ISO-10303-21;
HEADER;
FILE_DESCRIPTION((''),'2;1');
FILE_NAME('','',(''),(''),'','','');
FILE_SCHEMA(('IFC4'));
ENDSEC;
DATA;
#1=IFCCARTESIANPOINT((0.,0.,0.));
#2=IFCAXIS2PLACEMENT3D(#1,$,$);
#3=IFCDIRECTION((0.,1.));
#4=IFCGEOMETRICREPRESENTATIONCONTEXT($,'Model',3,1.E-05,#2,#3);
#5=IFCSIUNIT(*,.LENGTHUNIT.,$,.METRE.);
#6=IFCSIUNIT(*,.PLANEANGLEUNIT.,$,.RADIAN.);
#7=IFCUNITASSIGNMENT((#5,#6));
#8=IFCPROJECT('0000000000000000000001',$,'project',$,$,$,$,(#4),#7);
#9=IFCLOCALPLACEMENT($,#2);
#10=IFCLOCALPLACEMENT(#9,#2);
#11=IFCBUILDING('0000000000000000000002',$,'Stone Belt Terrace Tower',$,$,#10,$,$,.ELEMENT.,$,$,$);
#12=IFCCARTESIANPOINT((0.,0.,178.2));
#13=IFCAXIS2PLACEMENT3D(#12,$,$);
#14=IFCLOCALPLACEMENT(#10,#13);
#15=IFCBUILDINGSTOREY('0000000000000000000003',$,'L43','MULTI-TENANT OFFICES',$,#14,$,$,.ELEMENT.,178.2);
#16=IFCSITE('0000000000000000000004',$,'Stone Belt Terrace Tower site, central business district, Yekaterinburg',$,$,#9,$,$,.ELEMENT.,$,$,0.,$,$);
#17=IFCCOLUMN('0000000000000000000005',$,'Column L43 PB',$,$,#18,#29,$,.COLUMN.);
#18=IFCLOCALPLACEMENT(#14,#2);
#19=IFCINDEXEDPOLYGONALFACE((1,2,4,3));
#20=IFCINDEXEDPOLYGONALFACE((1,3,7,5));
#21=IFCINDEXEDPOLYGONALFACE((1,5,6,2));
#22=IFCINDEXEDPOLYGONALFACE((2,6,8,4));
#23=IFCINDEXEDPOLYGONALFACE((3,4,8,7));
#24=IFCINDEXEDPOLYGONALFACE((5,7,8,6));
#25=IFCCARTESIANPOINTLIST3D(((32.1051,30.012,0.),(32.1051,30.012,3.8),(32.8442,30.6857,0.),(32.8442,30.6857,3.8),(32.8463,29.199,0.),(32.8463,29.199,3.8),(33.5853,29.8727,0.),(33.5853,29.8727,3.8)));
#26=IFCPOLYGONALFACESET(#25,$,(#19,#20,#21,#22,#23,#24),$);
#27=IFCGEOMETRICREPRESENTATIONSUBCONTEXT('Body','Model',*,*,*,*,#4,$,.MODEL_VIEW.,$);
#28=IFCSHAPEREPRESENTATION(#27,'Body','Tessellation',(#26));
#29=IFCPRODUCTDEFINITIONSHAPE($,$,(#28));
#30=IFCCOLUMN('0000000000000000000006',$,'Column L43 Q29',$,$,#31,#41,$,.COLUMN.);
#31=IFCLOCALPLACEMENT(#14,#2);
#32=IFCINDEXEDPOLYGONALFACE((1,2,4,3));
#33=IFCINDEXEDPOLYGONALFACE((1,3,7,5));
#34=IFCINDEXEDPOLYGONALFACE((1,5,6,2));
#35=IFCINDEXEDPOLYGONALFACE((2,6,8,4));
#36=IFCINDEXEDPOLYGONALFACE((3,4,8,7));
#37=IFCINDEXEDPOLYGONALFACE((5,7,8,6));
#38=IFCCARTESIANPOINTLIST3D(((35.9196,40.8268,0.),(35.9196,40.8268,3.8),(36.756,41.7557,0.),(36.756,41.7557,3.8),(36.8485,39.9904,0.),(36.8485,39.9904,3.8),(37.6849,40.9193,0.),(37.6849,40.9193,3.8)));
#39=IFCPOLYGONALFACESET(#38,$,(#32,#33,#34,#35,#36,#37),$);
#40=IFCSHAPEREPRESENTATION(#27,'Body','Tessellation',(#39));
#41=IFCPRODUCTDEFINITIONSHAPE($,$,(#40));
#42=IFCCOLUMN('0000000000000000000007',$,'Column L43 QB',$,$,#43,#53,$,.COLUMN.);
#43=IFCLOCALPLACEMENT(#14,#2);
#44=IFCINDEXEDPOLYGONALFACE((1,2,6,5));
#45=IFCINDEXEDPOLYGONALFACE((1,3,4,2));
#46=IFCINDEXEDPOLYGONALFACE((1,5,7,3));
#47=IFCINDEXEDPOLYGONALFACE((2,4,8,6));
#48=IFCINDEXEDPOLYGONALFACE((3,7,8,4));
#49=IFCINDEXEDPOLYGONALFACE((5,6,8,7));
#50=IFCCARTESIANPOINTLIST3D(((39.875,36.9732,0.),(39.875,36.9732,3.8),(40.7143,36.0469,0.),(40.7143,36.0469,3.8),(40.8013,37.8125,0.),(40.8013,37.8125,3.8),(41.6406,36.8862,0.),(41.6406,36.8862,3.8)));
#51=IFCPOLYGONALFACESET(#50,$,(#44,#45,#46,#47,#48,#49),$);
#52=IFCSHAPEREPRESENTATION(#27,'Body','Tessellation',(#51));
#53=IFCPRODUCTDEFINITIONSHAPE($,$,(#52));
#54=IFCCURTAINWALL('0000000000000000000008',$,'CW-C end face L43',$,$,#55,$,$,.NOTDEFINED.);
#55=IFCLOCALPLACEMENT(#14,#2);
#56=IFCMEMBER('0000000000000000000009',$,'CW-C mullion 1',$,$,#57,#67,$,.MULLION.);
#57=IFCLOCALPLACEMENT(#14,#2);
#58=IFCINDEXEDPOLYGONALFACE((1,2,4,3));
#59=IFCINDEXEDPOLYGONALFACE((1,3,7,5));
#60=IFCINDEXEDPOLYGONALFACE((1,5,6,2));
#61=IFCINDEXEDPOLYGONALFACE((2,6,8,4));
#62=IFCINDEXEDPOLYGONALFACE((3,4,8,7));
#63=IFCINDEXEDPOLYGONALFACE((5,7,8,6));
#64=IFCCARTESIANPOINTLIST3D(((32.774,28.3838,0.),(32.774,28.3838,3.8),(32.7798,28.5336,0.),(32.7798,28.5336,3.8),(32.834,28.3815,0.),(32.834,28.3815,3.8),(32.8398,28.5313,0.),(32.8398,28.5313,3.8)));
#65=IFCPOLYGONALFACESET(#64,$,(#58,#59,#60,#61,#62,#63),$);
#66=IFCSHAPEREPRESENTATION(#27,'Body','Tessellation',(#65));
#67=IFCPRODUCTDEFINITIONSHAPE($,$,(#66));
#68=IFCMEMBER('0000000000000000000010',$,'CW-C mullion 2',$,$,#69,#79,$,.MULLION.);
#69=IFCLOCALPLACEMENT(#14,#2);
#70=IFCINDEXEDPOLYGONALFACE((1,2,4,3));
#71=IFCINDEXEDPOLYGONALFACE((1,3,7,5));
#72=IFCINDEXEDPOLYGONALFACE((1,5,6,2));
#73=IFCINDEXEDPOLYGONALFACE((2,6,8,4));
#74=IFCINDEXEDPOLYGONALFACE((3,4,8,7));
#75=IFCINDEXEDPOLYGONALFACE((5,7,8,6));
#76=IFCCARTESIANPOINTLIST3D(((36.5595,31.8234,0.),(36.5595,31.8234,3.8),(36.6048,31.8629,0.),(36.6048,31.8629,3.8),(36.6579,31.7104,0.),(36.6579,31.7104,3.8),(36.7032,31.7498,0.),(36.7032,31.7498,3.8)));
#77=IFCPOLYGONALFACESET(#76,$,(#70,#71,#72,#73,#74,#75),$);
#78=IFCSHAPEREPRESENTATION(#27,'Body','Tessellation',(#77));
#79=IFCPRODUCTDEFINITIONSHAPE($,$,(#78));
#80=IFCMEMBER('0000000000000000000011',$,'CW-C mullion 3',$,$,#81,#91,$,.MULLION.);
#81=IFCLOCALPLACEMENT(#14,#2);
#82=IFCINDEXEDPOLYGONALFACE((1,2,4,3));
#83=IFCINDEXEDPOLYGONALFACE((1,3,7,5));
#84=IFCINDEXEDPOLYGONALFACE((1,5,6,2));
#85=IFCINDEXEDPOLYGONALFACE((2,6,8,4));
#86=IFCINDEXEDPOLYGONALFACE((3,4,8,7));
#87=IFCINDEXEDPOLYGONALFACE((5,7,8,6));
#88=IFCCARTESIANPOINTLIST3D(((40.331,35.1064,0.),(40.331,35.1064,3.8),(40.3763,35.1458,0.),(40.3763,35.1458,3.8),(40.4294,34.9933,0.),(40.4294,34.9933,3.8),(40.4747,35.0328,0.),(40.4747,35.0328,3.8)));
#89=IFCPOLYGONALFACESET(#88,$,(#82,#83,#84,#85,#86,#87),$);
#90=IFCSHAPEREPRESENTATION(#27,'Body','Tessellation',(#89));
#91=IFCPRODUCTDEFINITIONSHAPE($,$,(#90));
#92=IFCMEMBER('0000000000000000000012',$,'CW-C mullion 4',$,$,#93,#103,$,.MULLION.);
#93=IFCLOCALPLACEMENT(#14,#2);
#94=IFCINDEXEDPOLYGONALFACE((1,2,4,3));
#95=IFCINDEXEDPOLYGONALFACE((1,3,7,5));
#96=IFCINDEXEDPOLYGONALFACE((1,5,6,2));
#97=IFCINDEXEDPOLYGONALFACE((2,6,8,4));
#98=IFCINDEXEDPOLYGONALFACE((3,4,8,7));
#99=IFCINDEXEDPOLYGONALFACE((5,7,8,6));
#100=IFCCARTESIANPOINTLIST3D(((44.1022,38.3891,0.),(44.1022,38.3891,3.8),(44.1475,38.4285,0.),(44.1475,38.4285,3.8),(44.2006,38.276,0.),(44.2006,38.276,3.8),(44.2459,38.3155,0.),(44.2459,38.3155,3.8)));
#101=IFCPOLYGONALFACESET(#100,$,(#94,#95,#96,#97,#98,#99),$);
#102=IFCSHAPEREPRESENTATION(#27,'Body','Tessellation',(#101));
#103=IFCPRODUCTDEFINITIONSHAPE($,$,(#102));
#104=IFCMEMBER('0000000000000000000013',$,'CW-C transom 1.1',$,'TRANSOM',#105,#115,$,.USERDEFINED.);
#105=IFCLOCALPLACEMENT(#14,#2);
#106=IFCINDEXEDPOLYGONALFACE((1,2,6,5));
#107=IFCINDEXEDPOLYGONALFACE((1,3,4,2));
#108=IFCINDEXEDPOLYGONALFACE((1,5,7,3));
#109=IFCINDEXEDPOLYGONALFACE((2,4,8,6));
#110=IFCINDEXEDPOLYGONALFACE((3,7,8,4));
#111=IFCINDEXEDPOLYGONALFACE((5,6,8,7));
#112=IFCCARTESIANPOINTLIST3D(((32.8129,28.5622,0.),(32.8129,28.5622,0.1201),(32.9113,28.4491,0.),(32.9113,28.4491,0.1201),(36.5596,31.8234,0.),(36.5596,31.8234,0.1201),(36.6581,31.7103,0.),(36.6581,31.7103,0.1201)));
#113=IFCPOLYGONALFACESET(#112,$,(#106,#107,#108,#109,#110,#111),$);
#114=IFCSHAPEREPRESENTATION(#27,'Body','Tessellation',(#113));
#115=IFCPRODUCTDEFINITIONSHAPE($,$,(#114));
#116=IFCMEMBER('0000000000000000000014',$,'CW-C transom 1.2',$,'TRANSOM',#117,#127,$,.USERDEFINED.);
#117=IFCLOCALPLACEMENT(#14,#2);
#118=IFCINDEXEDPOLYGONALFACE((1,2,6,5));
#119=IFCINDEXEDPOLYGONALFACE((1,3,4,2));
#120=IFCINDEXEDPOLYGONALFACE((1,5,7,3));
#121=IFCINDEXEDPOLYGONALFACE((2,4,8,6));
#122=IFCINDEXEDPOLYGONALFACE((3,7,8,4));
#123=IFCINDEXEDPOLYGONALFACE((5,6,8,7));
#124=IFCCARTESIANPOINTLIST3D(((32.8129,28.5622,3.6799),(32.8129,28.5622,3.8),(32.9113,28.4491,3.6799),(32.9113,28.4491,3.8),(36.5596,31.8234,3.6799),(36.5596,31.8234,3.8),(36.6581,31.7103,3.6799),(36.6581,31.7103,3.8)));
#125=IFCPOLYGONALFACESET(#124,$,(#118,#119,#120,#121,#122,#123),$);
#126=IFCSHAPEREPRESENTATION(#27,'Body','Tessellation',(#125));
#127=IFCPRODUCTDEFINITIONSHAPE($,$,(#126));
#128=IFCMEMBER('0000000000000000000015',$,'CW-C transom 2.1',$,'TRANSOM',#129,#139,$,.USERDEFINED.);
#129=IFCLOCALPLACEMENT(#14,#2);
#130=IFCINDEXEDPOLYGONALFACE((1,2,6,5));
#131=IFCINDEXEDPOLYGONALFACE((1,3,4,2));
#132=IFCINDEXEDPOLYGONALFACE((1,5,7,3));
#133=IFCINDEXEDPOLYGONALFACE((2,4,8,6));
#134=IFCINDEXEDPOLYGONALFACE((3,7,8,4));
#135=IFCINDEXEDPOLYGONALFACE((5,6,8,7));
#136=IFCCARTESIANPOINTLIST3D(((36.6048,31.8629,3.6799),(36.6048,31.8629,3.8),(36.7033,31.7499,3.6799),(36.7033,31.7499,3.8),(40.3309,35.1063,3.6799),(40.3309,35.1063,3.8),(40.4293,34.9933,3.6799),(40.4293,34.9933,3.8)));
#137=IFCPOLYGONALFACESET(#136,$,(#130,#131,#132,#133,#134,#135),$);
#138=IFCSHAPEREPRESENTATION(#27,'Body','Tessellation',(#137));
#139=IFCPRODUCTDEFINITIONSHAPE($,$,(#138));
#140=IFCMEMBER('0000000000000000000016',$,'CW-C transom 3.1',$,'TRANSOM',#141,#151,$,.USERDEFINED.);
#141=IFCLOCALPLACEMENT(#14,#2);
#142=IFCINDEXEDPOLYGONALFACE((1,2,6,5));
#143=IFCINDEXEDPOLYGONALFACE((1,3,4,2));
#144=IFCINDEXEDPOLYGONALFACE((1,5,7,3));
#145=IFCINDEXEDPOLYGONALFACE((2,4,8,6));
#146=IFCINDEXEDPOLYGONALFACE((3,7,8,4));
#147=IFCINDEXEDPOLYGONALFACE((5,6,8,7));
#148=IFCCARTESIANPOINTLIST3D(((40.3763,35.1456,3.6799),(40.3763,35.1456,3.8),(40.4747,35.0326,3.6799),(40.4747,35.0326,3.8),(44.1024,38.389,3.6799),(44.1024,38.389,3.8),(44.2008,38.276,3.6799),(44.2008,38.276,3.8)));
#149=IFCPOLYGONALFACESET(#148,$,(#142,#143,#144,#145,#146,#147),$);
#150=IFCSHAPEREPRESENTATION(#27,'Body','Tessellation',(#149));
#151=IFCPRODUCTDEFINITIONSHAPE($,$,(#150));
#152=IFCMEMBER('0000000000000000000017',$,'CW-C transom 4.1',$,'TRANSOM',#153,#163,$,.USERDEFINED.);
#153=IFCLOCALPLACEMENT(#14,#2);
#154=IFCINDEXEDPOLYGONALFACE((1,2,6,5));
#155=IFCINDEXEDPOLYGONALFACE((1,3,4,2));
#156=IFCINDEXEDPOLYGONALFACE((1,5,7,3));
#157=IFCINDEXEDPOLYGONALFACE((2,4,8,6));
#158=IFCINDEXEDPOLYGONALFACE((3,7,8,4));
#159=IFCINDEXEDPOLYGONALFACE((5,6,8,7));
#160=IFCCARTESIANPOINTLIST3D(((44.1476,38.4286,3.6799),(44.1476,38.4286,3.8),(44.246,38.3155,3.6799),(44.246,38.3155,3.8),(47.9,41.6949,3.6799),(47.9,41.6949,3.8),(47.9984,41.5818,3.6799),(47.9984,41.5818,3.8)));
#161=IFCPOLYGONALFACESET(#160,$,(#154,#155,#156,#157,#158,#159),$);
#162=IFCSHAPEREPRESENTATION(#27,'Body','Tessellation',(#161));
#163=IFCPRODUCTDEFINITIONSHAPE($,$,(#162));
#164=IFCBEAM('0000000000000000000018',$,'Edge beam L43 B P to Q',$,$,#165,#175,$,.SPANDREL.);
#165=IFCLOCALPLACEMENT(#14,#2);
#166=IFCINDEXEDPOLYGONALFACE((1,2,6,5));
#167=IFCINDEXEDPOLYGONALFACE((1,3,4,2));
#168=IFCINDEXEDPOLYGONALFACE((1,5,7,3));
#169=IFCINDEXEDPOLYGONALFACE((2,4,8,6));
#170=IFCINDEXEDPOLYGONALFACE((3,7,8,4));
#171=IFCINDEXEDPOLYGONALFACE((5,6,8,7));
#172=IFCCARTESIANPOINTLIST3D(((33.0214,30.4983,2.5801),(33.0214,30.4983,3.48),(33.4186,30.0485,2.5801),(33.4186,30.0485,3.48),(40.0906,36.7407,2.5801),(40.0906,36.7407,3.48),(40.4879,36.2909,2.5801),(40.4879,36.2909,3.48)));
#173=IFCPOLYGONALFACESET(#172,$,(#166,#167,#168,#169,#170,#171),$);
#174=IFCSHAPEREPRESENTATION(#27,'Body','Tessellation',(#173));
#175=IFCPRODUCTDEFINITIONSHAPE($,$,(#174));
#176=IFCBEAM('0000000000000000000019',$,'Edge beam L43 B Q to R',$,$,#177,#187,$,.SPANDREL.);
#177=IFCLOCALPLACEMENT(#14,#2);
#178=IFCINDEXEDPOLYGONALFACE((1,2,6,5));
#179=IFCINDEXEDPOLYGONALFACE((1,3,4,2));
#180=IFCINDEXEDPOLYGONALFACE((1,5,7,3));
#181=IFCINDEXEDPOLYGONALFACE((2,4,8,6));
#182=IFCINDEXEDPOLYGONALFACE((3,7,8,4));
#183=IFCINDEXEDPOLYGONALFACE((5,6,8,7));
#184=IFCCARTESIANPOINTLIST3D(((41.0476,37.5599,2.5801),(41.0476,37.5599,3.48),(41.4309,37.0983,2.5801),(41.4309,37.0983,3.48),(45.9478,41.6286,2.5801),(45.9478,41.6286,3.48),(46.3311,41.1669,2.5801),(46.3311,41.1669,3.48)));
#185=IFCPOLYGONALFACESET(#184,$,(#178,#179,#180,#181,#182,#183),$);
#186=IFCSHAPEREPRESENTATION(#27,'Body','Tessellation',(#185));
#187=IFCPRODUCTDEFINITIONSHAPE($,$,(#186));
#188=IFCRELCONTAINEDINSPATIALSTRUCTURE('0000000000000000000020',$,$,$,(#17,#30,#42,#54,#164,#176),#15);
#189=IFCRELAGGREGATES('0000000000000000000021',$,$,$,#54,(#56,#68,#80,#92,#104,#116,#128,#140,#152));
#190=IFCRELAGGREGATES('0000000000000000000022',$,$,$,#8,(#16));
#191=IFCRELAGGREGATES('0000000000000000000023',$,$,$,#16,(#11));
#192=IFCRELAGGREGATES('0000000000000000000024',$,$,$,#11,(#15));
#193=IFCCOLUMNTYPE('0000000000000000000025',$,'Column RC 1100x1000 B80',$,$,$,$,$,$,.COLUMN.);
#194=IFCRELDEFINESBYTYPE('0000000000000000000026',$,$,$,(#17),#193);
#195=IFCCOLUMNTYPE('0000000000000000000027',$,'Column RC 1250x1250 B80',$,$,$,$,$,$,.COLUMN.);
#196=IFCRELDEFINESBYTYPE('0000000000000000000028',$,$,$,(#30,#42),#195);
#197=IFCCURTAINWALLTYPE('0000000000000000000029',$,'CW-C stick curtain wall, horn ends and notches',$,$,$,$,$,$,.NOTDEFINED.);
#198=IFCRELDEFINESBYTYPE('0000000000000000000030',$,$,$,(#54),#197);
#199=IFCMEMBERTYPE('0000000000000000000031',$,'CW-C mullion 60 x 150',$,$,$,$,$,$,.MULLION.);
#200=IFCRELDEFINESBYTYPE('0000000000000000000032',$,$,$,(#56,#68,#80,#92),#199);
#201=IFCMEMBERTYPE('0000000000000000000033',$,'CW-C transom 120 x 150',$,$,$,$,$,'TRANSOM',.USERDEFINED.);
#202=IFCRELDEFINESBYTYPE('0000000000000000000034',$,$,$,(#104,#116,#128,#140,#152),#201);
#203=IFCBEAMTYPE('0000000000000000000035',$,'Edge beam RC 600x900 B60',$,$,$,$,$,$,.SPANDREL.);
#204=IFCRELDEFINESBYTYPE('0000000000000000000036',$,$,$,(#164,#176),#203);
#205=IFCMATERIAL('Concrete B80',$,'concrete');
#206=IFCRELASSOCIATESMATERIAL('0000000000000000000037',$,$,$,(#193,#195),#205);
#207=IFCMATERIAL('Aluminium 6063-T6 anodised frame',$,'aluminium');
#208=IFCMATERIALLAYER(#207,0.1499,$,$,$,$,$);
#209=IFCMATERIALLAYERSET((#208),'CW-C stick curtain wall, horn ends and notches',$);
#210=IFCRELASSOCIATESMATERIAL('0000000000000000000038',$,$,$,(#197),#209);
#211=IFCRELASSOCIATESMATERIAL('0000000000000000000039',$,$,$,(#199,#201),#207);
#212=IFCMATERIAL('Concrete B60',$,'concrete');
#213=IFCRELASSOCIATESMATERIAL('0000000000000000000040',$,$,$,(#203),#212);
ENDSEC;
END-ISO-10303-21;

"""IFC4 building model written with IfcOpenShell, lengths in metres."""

from ifc_helpers import new_model, si_unit, direction, frame, origin, origin_2d, place, context, subcontext, project, spatial, rectangle, extrude, material, layer, layer_set, material_profile, profile_set, type_object, element, aggregate, save


model = new_model("IFC4")

# Units and contexts
model_context = context("Model", 3, precision=1e-05, world=origin(), true_north=direction((0.0, 1.0)))
body_context = subcontext(model_context, "Body", "Model", "MODEL_VIEW")
ifc_project = project(units=[si_unit("LENGTHUNIT", "METRE"), si_unit("PLANEANGLEUNIT", "RADIAN")], contexts=[model_context])

# Site, building, storey
site_placement = place(None, origin())
site = spatial("IfcSite", under=ifc_project, at=site_placement, Name="Stone Belt Terrace Tower site, central business district, Yekaterinburg", CompositionType="ELEMENT", RefElevation=0.0)
building_placement = place(site_placement, origin())
building = spatial("IfcBuilding", under=site, at=building_placement, Name="Stone Belt Terrace Tower", CompositionType="ELEMENT")
storey_placement = place(building_placement, frame((0.0, 0.0, 178.2)))
storey = spatial("IfcBuildingStorey", under=building, at=storey_placement, Name="L43", Description="MULTI-TENANT OFFICES", CompositionType="ELEMENT", Elevation=178.2)

# Columns
ifc_material_1 = material(Name="Concrete B80", Category="concrete")
ifc_material_profile_1 = material_profile(ifc_material_1, rectangle(XDim=1.1001, YDim=1.0, at=origin_2d()), Name="RC 1100x1000")
ifc_profile_set_1 = profile_set([ifc_material_profile_1], Name="Concrete B80")
column_type_1 = type_object("IfcColumnType", Name="Column RC 1100x1000 B80", PredefinedType="COLUMN", material=ifc_profile_set_1)
column_placement = place(storey_placement, frame((32.8452, 29.9424, 0.0), z_axis=(0.0, 0.0, 1.0), x_axis=(0.673698, -0.739007, 0.0)))
element("IfcColumn", 1, at=column_placement, inside=storey, type_object=column_type_1, Name="Column L43 PB", PredefinedType="COLUMN", context=body_context, shape_type="SweptSolid", body=[
    extrude(rectangle(XDim=1.1001, YDim=1.0, at=origin_2d()), origin(), (0.0, 0.0, 1.0), 3.8),
])
ifc_material_profile_2 = material_profile(ifc_material_1, rectangle(XDim=1.25, YDim=1.25, at=origin_2d()), Name="RC 1250x1250")
ifc_profile_set_2 = profile_set([ifc_material_profile_2], Name="Concrete B80")
column_type_2 = type_object("IfcColumnType", Name="Column RC 1250x1250 B80", PredefinedType="COLUMN", material=ifc_profile_set_2)
for number, where, z_axis, x_axis, name in (
    (2, (36.8022, 40.873, 0.0), (0.0, 0.0, 1.0), (0.743145, -0.669131, 0.0), "Column L43 Q29"),
    (3, (40.7578, 36.9297, 0.0), (0.0, 0.0, 1.0), (0.671448, -0.741052, 0.0), "Column L43 QB"),
):
    element("IfcColumn", number, at=place(storey_placement, frame(where, z_axis=z_axis, x_axis=x_axis)), inside=storey, type_object=column_type_2, Name=name, PredefinedType="COLUMN", context=body_context, shape_type="SweptSolid", body=[
        extrude(rectangle(XDim=1.25, YDim=1.25, at=origin_2d()), origin(), (0.0, 0.0, 1.0), 3.8),
    ])

# Curtain wall, members
ifc_material_2 = material(Name="Aluminium 6063-T6 anodised frame", Category="aluminium")
ifc_layer_1 = layer(ifc_material_2, 0.1499)
ifc_layer_set_1 = layer_set([ifc_layer_1], Name="CW-C stick curtain wall, horn ends and notches")
curtain_wall_type_1 = type_object("IfcCurtainWallType", Name="CW-C stick curtain wall, horn ends and notches", PredefinedType="NOTDEFINED", material=ifc_layer_set_1)
curtain_wall_1_placement = place(storey_placement, origin())
curtain_wall_1 = element("IfcCurtainWall", 4, at=curtain_wall_1_placement, inside=storey, type_object=curtain_wall_type_1, Name="CW-C end face L43", PredefinedType="NOTDEFINED")
ifc_material_profile_3 = material_profile(ifc_material_2, rectangle(XDim=0.1499, YDim=0.0601, at=origin_2d()), Name="Aluminium 6063-T6 60x150")
ifc_profile_set_3 = profile_set([ifc_material_profile_3], Name="Aluminium 6063-T6 anodised frame")
member_type_1 = type_object("IfcMemberType", Name="CW-C mullion 60 x 150", PredefinedType="MULLION", material=ifc_profile_set_3)
member_1_placement = place(storey_placement, frame((32.8069, 28.4575, 0.0), z_axis=(0.0, 0.0, 1.0), x_axis=(0.038761, 0.999249, 0.0)))
member_1 = element("IfcMember", 5, at=member_1_placement, type_object=member_type_1, Name="CW-C mullion 1", PredefinedType="MULLION", context=body_context, shape_type="SweptSolid", body=[
    extrude(rectangle(XDim=0.1499, YDim=0.0601, at=origin_2d()), origin(), (0.0, 0.0, 1.0), 3.8),
])
member_2_placement = place(storey_placement, frame((36.6313, 31.7866, 0.0), z_axis=(0.0, 0.0, 1.0), x_axis=(-0.656561, 0.754273, 0.0)))
member_2 = element("IfcMember", 6, at=member_2_placement, type_object=member_type_1, Name="CW-C mullion 2", PredefinedType="MULLION", context=body_context, shape_type="SweptSolid", body=[
    extrude(rectangle(XDim=0.1499, YDim=0.0601, at=origin_2d()), origin(), (0.0, 0.0, 1.0), 3.8),
])
member_3_placement = place(storey_placement, frame((40.4028, 35.0696, 0.0), z_axis=(0.0, 0.0, 1.0), x_axis=(-0.656561, 0.754273, 0.0)))
member_3 = element("IfcMember", 7, at=member_3_placement, type_object=member_type_1, Name="CW-C mullion 3", PredefinedType="MULLION", context=body_context, shape_type="SweptSolid", body=[
    extrude(rectangle(XDim=0.1499, YDim=0.0601, at=origin_2d()), origin(), (0.0, 0.0, 1.0), 3.8),
])
member_4_placement = place(storey_placement, frame((44.1741, 38.3523, 0.0), z_axis=(0.0, 0.0, 1.0), x_axis=(-0.656561, 0.754273, 0.0)))
member_4 = element("IfcMember", 8, at=member_4_placement, type_object=member_type_1, Name="CW-C mullion 4", PredefinedType="MULLION", context=body_context, shape_type="SweptSolid", body=[
    extrude(rectangle(XDim=0.1499, YDim=0.0601, at=origin_2d()), origin(), (0.0, 0.0, 1.0), 3.8),
])
ifc_material_profile_4 = material_profile(ifc_material_2, rectangle(XDim=0.1499, YDim=0.1201, at=origin_2d()), Name="Aluminium 6063-T6 150x120")
ifc_profile_set_4 = profile_set([ifc_material_profile_4], Name="Aluminium 6063-T6 anodised frame")
member_type_2 = type_object("IfcMemberType", Name="CW-C transom 120 x 150", ElementType="TRANSOM", PredefinedType="USERDEFINED", material=ifc_profile_set_4)
member_5_placement = place(storey_placement, frame((32.8621, 28.5056, 0.0601), z_axis=(0.754294, 0.656536, 0.0), x_axis=(-0.656536, 0.754294, 0.0)))
member_5 = element("IfcMember", 9, at=member_5_placement, type_object=member_type_2, Name="CW-C transom 1.1", ObjectType="TRANSOM", PredefinedType="USERDEFINED", context=body_context, shape_type="SweptSolid", body=[
    extrude(rectangle(XDim=0.1499, YDim=0.1201, at=origin_2d()), origin(), (0.0, 0.0, 1.0), 4.9673),
])
member_6_placement = place(storey_placement, frame((32.8621, 28.5056, 3.74), z_axis=(0.754294, 0.656536, 0.0), x_axis=(-0.656536, 0.754294, 0.0)))
member_6 = element("IfcMember", 10, at=member_6_placement, type_object=member_type_2, Name="CW-C transom 1.2", ObjectType="TRANSOM", PredefinedType="USERDEFINED", context=body_context, shape_type="SweptSolid", body=[
    extrude(rectangle(XDim=0.1499, YDim=0.1201, at=origin_2d()), origin(), (0.0, 0.0, 1.0), 4.9673),
])
member_7_placement = place(storey_placement, frame((36.6541, 31.8064, 3.74), z_axis=(0.75427, 0.656564, 0.0), x_axis=(-0.656564, 0.75427, 0.0)))
member_7 = element("IfcMember", 11, at=member_7_placement, type_object=member_type_2, Name="CW-C transom 2.1", ObjectType="TRANSOM", PredefinedType="USERDEFINED", context=body_context, shape_type="SweptSolid", body=[
    extrude(rectangle(XDim=0.1499, YDim=0.1201, at=origin_2d()), origin(), (0.0, 0.0, 1.0), 4.9399),
])
member_8_placement = place(storey_placement, frame((40.4255, 35.0891, 3.74), z_axis=(0.75427, 0.656564, 0.0), x_axis=(-0.656564, 0.75427, 0.0)))
member_8 = element("IfcMember", 12, at=member_8_placement, type_object=member_type_2, Name="CW-C transom 3.1", ObjectType="TRANSOM", PredefinedType="USERDEFINED", context=body_context, shape_type="SweptSolid", body=[
    extrude(rectangle(XDim=0.1499, YDim=0.1201, at=origin_2d()), origin(), (0.0, 0.0, 1.0), 4.9399),
])
member_9_placement = place(storey_placement, frame((44.1968, 38.3721, 3.74), z_axis=(0.754271, 0.656564, 0.0), x_axis=(-0.656564, 0.754271, 0.0)))
member_9 = element("IfcMember", 13, at=member_9_placement, type_object=member_type_2, Name="CW-C transom 4.1", ObjectType="TRANSOM", PredefinedType="USERDEFINED", context=body_context, shape_type="SweptSolid", body=[
    extrude(rectangle(XDim=0.1499, YDim=0.1201, at=origin_2d()), origin(), (0.0, 0.0, 1.0), 4.9749),
])

# Beams
ifc_material_3 = material(Name="Concrete B60", Category="concrete")
ifc_material_profile_5 = material_profile(ifc_material_3, rectangle(XDim=0.6001, YDim=0.8999, at=origin_2d()), Name="RC 600x900")
ifc_profile_set_5 = profile_set([ifc_material_profile_5], Name="Concrete B60")
beam_type_1 = type_object("IfcBeamType", Name="Edge beam RC 600x900 B60", PredefinedType="SPANDREL", material=ifc_profile_set_5)
beam_1_placement = place(storey_placement, frame((33.22, 30.2734, 3.03), z_axis=(0.749586, 0.661907, 0.0), x_axis=(-0.661907, 0.749586, 0.0)))
element("IfcBeam", 14, at=beam_1_placement, inside=storey, type_object=beam_type_1, Name="Edge beam L43 B P to Q", PredefinedType="SPANDREL", context=body_context, shape_type="SweptSolid", body=[
    extrude(rectangle(XDim=0.6001, YDim=0.8999, at=origin_2d()), origin(), (0.0, 0.0, 1.0), 9.4309),
])
beam_2_placement = place(storey_placement, frame((41.2393, 37.3291, 3.03), z_axis=(0.769367, 0.638807, 0.0), x_axis=(-0.638807, 0.769367, 0.0)))
element("IfcBeam", 15, at=beam_2_placement, inside=storey, type_object=beam_type_1, Name="Edge beam L43 B Q to R", PredefinedType="SPANDREL", context=body_context, shape_type="SweptSolid", body=[
    extrude(rectangle(XDim=0.6001, YDim=0.8999, at=origin_2d()), origin(), (0.0, 0.0, 1.0), 6.3691),
])

aggregate(curtain_wall_1, [member_1, member_2, member_3, member_4, member_5, member_6, member_7, member_8, member_9])

save(model, "model.ifc")
